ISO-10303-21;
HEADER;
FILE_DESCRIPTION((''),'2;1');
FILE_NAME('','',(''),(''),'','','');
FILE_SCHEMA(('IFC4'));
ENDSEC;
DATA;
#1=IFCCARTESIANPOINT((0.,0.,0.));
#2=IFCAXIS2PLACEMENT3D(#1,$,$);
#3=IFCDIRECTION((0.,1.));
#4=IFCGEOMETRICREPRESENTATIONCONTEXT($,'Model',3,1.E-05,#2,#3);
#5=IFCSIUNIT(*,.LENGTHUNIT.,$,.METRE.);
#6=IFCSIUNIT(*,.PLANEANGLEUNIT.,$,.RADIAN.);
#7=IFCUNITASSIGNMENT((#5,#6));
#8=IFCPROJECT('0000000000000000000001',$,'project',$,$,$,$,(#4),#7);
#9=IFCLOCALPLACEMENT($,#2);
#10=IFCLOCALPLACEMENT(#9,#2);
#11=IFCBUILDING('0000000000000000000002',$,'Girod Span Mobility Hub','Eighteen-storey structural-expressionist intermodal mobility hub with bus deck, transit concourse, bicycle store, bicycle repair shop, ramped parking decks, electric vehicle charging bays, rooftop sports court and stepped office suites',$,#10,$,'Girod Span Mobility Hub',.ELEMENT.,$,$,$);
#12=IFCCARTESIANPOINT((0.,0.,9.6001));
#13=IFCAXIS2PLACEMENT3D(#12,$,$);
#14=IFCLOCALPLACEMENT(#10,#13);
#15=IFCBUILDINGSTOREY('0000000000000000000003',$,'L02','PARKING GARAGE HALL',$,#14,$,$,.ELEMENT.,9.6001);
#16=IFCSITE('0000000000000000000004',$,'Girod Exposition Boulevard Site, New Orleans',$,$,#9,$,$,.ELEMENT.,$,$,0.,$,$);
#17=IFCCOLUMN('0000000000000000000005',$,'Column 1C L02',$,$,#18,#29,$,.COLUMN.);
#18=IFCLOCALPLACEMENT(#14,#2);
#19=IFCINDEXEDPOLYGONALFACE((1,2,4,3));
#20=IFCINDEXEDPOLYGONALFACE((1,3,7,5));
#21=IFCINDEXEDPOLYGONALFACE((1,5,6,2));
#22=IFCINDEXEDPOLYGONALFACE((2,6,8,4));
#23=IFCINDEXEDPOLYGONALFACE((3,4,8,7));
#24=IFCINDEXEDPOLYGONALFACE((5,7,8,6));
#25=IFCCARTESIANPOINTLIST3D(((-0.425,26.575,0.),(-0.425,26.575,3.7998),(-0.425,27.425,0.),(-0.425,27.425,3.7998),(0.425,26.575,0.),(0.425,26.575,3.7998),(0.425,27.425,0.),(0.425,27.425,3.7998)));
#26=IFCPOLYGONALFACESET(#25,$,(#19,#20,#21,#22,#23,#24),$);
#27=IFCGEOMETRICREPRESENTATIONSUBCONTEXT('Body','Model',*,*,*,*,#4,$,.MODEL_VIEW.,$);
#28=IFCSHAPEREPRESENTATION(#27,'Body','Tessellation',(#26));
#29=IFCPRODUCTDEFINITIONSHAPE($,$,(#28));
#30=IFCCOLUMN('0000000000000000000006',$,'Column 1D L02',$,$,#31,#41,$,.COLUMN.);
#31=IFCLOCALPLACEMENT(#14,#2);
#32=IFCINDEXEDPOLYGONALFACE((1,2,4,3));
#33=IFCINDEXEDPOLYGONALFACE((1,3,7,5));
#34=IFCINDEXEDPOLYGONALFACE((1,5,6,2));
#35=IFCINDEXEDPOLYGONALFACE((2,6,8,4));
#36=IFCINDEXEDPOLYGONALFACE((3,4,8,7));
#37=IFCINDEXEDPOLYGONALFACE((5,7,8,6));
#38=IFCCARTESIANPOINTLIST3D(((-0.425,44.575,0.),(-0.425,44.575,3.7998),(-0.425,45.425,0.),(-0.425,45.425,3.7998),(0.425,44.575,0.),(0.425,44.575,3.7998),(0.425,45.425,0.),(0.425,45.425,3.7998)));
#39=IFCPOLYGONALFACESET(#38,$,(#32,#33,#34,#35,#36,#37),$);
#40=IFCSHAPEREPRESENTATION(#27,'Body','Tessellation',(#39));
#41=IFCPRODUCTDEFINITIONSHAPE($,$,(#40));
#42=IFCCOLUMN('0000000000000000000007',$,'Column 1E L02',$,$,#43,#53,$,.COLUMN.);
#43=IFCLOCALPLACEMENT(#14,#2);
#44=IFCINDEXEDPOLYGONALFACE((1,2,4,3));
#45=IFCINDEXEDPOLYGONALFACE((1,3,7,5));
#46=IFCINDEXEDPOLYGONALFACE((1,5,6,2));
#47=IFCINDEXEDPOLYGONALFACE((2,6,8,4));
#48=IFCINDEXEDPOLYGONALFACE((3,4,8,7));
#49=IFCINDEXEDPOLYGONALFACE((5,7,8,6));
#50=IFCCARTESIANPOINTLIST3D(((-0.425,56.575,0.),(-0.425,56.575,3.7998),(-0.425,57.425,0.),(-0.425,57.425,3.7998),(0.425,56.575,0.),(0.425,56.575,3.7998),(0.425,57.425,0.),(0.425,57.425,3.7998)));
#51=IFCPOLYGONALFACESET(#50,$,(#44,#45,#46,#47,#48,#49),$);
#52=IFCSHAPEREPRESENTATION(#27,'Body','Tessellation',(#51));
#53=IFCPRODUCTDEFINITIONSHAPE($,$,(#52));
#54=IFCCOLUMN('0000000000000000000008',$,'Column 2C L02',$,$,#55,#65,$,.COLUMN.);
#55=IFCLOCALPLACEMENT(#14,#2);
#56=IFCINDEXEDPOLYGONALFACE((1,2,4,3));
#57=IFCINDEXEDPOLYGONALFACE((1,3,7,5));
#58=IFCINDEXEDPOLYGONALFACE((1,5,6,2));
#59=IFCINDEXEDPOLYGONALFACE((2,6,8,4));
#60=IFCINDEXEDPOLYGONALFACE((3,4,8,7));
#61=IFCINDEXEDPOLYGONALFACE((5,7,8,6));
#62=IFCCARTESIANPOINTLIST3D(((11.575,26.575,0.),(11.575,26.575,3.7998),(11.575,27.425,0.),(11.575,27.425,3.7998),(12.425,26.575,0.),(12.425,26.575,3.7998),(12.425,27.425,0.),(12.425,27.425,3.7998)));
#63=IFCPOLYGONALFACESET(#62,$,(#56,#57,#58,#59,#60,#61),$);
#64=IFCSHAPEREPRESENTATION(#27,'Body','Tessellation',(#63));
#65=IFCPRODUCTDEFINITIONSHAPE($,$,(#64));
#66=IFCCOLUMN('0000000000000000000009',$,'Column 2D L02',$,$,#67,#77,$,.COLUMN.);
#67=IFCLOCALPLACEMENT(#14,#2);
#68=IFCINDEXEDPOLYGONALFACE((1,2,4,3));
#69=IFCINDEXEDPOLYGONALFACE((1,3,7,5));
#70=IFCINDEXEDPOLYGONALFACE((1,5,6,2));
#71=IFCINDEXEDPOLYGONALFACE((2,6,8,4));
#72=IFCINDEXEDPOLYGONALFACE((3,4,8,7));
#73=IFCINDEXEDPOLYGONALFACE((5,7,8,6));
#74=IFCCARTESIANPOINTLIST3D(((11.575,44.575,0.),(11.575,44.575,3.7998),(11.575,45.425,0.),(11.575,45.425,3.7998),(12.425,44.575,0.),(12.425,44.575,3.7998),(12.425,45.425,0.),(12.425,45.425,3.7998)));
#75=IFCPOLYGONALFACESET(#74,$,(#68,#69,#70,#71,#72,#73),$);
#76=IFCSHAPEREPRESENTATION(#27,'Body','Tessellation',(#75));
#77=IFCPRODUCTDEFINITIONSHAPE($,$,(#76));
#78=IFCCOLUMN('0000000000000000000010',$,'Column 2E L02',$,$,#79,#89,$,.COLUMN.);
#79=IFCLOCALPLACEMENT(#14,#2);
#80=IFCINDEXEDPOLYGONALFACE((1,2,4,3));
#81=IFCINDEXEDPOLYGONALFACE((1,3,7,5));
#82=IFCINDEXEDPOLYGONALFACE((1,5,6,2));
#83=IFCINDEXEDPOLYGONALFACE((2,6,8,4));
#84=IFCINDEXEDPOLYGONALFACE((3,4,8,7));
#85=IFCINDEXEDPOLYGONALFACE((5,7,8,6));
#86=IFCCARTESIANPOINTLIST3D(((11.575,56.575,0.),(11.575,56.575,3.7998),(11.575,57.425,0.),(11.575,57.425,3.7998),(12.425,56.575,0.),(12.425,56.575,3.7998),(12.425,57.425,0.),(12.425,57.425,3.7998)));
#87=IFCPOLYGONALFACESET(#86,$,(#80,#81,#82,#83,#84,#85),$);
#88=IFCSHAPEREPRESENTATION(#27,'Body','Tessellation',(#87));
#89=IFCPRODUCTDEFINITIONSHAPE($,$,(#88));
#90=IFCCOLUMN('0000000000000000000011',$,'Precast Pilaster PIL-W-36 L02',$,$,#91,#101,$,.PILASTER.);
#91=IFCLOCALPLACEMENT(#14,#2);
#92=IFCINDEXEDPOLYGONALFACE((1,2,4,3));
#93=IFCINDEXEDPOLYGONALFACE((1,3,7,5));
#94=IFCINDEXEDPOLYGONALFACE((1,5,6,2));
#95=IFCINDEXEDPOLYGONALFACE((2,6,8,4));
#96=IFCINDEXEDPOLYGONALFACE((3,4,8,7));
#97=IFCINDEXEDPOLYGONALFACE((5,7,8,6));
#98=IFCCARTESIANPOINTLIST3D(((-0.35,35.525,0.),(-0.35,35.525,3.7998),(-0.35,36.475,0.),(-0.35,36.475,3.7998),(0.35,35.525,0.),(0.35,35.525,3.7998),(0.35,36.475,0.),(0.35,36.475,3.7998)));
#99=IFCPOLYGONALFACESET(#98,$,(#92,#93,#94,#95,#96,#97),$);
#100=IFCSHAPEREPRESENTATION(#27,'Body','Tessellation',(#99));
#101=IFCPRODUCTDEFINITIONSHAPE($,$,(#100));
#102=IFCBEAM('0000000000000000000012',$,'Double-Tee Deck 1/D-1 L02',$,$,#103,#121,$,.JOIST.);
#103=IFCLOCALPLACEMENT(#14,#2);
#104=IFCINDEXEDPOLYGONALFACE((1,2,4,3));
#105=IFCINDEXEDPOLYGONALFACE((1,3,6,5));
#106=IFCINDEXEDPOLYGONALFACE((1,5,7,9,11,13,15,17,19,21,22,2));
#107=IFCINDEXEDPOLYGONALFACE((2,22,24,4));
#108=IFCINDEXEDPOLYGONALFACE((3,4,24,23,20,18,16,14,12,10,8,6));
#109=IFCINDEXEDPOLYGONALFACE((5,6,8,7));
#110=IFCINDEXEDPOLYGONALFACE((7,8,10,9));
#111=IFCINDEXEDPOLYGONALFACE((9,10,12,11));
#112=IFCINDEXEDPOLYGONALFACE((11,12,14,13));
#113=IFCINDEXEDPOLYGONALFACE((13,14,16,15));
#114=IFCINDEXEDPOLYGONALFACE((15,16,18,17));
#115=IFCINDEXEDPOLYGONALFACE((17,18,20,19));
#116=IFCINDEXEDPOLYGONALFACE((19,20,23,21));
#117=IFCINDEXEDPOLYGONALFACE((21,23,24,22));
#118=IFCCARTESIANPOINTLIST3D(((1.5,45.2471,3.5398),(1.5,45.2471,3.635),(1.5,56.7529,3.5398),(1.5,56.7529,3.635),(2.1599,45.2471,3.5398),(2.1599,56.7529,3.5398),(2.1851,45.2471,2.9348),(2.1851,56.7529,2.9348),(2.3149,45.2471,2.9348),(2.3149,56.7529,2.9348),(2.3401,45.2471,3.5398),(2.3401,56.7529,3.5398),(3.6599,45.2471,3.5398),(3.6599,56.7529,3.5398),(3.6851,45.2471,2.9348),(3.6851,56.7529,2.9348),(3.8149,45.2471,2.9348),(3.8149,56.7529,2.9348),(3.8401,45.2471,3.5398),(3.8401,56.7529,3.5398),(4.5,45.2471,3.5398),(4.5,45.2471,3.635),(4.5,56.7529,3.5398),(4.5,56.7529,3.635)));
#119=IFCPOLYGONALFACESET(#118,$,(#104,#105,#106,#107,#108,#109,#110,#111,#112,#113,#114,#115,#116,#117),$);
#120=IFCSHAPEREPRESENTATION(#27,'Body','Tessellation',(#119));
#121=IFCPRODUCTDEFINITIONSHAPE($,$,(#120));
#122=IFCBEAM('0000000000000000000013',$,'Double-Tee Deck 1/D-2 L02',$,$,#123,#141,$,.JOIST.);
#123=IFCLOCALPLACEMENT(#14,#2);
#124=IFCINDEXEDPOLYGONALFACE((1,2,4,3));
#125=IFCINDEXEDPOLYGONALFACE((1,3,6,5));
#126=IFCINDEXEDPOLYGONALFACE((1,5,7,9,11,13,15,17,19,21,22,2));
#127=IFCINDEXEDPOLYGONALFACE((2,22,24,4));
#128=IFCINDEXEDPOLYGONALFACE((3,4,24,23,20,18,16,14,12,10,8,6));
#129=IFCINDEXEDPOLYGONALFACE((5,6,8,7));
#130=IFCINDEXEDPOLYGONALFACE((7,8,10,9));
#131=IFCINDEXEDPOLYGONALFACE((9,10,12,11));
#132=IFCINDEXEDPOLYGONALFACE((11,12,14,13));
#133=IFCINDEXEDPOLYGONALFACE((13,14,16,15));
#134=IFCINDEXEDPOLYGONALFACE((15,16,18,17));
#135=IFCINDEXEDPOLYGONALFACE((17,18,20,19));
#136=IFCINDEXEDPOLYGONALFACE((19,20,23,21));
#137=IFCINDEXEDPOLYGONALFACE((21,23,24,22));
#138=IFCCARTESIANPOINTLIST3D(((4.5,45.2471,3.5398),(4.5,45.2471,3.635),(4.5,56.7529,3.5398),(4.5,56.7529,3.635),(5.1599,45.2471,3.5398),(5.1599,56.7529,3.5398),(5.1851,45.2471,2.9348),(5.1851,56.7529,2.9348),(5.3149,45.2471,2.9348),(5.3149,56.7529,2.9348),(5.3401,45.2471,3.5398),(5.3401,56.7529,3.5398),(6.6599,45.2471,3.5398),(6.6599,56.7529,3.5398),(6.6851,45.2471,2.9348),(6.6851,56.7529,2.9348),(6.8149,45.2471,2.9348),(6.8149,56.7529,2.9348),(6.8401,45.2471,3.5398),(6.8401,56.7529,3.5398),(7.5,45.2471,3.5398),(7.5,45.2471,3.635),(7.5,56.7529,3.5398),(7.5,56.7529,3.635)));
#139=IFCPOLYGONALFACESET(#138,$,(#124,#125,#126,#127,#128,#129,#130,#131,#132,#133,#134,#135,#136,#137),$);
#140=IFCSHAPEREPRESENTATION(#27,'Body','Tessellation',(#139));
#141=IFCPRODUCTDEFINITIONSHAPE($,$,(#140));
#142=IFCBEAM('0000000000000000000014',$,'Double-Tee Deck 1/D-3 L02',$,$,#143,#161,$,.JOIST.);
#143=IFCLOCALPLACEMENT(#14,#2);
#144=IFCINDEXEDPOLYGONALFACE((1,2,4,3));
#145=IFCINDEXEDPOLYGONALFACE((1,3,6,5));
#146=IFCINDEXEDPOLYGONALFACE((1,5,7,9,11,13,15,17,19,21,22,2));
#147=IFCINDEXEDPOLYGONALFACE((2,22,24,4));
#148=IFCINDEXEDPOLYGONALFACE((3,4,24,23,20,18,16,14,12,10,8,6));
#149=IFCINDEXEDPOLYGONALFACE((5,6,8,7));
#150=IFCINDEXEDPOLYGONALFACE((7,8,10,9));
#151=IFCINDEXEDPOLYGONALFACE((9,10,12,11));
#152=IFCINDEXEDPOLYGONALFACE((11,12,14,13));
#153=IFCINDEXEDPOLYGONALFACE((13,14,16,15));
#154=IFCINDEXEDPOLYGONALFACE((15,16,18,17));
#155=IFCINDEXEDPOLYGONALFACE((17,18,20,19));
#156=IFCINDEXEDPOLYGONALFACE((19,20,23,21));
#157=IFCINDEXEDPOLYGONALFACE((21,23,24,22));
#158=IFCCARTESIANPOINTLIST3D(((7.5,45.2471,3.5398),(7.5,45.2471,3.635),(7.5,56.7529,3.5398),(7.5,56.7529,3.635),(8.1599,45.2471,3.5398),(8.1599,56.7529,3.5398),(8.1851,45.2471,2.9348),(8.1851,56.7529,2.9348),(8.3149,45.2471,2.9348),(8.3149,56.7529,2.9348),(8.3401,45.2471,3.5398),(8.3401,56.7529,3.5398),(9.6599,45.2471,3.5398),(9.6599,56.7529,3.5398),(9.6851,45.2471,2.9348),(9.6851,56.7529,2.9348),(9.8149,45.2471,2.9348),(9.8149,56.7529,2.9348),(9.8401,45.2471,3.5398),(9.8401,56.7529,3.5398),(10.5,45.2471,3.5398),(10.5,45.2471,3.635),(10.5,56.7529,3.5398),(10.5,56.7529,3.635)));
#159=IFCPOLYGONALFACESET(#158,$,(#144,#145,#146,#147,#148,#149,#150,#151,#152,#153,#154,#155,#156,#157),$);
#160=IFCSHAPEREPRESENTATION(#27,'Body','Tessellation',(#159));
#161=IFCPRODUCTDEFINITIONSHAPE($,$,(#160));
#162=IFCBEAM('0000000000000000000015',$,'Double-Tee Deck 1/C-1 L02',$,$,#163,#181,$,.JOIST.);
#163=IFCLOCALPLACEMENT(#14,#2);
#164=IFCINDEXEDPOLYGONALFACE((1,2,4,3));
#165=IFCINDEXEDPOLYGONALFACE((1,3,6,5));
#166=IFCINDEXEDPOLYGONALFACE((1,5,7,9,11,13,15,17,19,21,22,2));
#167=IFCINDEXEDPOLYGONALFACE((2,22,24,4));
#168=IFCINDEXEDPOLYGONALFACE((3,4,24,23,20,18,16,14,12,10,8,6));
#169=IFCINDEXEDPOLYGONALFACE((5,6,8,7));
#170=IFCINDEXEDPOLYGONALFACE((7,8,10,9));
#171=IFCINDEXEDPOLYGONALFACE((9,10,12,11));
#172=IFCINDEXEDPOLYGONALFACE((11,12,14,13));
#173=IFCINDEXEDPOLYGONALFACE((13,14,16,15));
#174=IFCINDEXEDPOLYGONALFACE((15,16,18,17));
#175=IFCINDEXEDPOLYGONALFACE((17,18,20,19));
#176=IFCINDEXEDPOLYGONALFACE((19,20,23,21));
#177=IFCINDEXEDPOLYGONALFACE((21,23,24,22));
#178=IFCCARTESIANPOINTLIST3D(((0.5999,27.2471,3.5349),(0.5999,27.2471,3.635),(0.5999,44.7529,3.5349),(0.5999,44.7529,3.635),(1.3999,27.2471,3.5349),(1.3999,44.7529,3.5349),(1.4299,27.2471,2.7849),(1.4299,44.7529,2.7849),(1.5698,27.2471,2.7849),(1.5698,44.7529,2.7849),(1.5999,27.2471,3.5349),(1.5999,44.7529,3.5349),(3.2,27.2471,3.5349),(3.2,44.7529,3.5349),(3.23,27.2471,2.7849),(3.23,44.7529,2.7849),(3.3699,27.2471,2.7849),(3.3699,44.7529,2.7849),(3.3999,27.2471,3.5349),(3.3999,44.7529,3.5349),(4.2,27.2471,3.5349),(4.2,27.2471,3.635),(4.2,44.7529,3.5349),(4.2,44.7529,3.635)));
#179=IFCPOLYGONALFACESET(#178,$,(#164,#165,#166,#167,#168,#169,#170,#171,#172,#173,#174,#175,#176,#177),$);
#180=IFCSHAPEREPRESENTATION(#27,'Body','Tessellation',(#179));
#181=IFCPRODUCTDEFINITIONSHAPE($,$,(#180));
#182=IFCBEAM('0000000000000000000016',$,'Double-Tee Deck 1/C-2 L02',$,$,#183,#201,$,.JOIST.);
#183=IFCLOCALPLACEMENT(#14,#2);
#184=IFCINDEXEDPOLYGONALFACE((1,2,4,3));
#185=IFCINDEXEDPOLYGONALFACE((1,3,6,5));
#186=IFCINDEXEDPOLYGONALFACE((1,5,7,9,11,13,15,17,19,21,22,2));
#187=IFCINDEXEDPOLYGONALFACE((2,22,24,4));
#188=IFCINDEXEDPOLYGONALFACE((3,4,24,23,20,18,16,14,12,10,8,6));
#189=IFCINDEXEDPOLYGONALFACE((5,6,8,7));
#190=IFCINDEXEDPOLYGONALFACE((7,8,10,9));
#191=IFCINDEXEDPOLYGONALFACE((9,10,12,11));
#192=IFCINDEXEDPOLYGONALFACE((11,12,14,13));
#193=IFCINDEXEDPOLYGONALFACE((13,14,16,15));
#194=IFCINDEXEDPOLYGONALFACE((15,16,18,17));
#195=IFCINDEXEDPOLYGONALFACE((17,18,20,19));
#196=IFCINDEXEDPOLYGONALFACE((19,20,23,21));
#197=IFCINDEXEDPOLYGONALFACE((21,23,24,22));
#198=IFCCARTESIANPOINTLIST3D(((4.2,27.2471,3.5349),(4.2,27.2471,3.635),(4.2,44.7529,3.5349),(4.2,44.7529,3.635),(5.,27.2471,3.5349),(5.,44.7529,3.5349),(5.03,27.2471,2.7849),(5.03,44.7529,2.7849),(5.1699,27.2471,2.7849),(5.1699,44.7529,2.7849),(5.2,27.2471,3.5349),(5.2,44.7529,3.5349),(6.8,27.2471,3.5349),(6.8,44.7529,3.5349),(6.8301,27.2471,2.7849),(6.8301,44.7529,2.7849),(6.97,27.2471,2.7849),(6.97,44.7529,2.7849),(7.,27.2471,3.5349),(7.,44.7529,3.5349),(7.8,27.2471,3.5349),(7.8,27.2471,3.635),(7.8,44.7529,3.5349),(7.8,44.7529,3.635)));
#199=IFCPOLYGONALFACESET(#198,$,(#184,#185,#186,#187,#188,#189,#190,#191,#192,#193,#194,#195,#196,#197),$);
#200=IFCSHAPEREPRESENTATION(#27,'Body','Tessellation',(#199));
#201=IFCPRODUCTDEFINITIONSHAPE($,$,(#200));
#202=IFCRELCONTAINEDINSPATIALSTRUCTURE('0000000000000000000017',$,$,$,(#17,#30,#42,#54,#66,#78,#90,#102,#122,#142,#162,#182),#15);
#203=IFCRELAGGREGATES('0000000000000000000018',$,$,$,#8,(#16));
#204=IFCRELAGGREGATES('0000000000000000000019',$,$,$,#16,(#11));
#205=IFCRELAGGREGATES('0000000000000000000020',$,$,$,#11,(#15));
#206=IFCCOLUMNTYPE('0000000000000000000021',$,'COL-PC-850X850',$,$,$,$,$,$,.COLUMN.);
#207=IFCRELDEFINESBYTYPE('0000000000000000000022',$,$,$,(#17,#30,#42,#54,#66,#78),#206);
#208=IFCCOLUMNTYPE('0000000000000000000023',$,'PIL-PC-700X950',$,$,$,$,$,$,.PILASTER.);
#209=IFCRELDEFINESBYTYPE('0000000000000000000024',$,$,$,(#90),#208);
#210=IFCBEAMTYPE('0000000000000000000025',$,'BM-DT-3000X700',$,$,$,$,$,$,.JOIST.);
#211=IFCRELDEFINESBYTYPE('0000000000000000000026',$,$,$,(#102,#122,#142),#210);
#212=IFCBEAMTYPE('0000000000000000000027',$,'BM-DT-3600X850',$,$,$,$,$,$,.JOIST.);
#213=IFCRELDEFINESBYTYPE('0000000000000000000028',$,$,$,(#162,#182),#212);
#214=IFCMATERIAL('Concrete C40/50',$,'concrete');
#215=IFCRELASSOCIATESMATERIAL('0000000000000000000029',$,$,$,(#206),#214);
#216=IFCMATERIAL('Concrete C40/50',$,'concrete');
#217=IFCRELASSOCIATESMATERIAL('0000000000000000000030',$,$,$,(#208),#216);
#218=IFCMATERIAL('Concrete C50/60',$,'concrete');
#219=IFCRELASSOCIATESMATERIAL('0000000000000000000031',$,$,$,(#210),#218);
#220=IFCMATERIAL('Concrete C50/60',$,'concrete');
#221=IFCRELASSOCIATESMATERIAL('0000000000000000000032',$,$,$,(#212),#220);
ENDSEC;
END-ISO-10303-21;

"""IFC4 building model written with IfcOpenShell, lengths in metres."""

from ifc_helpers import new_model, si_unit, direction, frame, origin, origin_2d, place, context, subcontext, project, spatial, polyline, rectangle, outline, extrude, material, material_profile, profile_set, type_object, element, save


model = new_model("IFC4")

# Units and contexts
model_context = context("Model", 3, precision=1e-05, world=origin(), true_north=direction((0.0, 1.0)))
body_context = subcontext(model_context, "Body", "Model", "MODEL_VIEW")
ifc_project = project(units=[si_unit("LENGTHUNIT", "METRE"), si_unit("PLANEANGLEUNIT", "RADIAN")], contexts=[model_context])

# Site, building, storey
site_placement = place(None, origin())
site = spatial("IfcSite", under=ifc_project, at=site_placement, Name="Girod Exposition Boulevard Site, New Orleans", CompositionType="ELEMENT", RefElevation=0.0)
building_placement = place(site_placement, origin())
building = spatial("IfcBuilding", under=site, at=building_placement, Name="Girod Span Mobility Hub", Description="Eighteen-storey structural-expressionist intermodal mobility hub with bus deck, transit concourse, bicycle store, bicycle repair shop, ramped parking decks, electric vehicle charging bays, rooftop sports court and stepped office suites", LongName="Girod Span Mobility Hub", CompositionType="ELEMENT")
storey_placement = place(building_placement, frame((0.0, 0.0, 9.6001)))
storey = spatial("IfcBuildingStorey", under=building, at=storey_placement, Name="L02", Description="PARKING GARAGE HALL", CompositionType="ELEMENT", Elevation=9.6001)

# Columns
ifc_material_1 = material(Name="Concrete C40/50", Category="concrete")
ifc_material_profile_1 = material_profile(ifc_material_1, rectangle(XDim=0.8501, YDim=0.8501, at=origin_2d()), Name="PC-COL-850X850")
ifc_profile_set_1 = profile_set([ifc_material_profile_1], Name="Concrete C40/50")
column_type_1 = type_object("IfcColumnType", Name="COL-PC-850X850", PredefinedType="COLUMN", material=ifc_profile_set_1)
for number, where, z_axis, x_axis, name in (
    (1, (0.0, 27.0, 0.0), (0.0, 0.0, 1.0), (1.0, 0.0, 0.0), "Column 1C L02"),
    (2, (0.0, 45.0, 0.0), (0.0, 0.0, 1.0), (1.0, 0.0, 0.0), "Column 1D L02"),
    (3, (0.0, 57.0, 0.0), (0.0, 0.0, 1.0), (1.0, 0.0, 0.0), "Column 1E L02"),
    (4, (12.0, 27.0, 0.0), (0.0, 0.0, 1.0), (1.0, 0.0, 0.0), "Column 2C L02"),
    (5, (12.0, 45.0, 0.0), (0.0, 0.0, 1.0), (1.0, 0.0, 0.0), "Column 2D L02"),
    (6, (12.0, 57.0, 0.0), (0.0, 0.0, 1.0), (1.0, 0.0, 0.0), "Column 2E L02"),
):
    element("IfcColumn", number, at=place(storey_placement, frame(where, z_axis=z_axis, x_axis=x_axis)), inside=storey, type_object=column_type_1, Name=name, PredefinedType="COLUMN", context=body_context, shape_type="SweptSolid", body=[
        extrude(rectangle(XDim=0.8501, YDim=0.8501, at=origin_2d()), origin(), (0.0, 0.0, 1.0), 3.7998),
    ])
ifc_material_2 = material(Name="Concrete C40/50", Category="concrete")
ifc_material_profile_2 = material_profile(ifc_material_2, rectangle(XDim=0.7, YDim=0.95, at=origin_2d()), Name="PC-PIL-700X950")
ifc_profile_set_2 = profile_set([ifc_material_profile_2], Name="Concrete C40/50")
column_type_2 = type_object("IfcColumnType", Name="PIL-PC-700X950", PredefinedType="PILASTER", material=ifc_profile_set_2)
column_placement = place(storey_placement, frame((0.0, 36.0, 0.0), z_axis=(0.0, 0.0, 1.0), x_axis=(1.0, 0.0, 0.0)))
element("IfcColumn", 7, at=column_placement, inside=storey, type_object=column_type_2, Name="Precast Pilaster PIL-W-36 L02", PredefinedType="PILASTER", context=body_context, shape_type="SweptSolid", body=[
    extrude(rectangle(XDim=0.7, YDim=0.95, at=origin_2d()), origin(), (0.0, 0.0, 1.0), 3.7998),
])

# Beams
ifc_material_3 = material(Name="Concrete C50/60", Category="concrete")
ifc_material_profile_3 = material_profile(ifc_material_3, outline(polyline([(-1.5, 0.3501), (-1.5, 0.2549), (-0.8401, 0.2549), (-0.8149, -0.3501), (-0.6851, -0.3501), (-0.6599, 0.2549), (0.6599, 0.2549), (0.6851, -0.3501), (0.8149, -0.3501), (0.8401, 0.2549), (1.5, 0.2549), (1.5, 0.3501), (-1.5, 0.3501)])), Name="DT-3000X700")
ifc_profile_set_3 = profile_set([ifc_material_profile_3], Name="Concrete C50/60")
beam_type_1 = type_object("IfcBeamType", Name="BM-DT-3000X700", PredefinedType="JOIST", material=ifc_profile_set_3)
for number, where, z_axis, x_axis, name in (
    (8, (3.0, 45.2471, 3.2849), (0.0, 1.0, 0.0), (-1.0, 0.0, 0.0), "Double-Tee Deck 1/D-1 L02"),
    (9, (6.0, 45.2471, 3.2849), (0.0, 1.0, 0.0), (-1.0, 0.0, 0.0), "Double-Tee Deck 1/D-2 L02"),
    (10, (9.0, 45.2471, 3.2849), (0.0, 1.0, 0.0), (-1.0, 0.0, 0.0), "Double-Tee Deck 1/D-3 L02"),
):
    element("IfcBeam", number, at=place(storey_placement, frame(where, z_axis=z_axis, x_axis=x_axis)), inside=storey, type_object=beam_type_1, Name=name, PredefinedType="JOIST", context=body_context, shape_type="SweptSolid", body=[
        extrude(outline(polyline([(-1.5, 0.3501), (-1.5, 0.2549), (-0.8401, 0.2549), (-0.8149, -0.3501), (-0.6851, -0.3501), (-0.6599, 0.2549), (0.6599, 0.2549), (0.6851, -0.3501), (0.8149, -0.3501), (0.8401, 0.2549), (1.5, 0.2549), (1.5, 0.3501), (-1.5, 0.3501)])), origin(), (0.0, 0.0, 1.0), 11.5059),
    ])
ifc_material_4 = material(Name="Concrete C50/60", Category="concrete")
ifc_material_profile_4 = material_profile(ifc_material_4, outline(polyline([(-1.8, 0.425), (-1.8, 0.325), (-1.0, 0.325), (-0.97, -0.425), (-0.8301, -0.425), (-0.8, 0.325), (0.8, 0.325), (0.8301, -0.425), (0.97, -0.425), (1.0, 0.325), (1.8, 0.325), (1.8, 0.425), (-1.8, 0.425)])), Name="DT-3600X850")
ifc_profile_set_4 = profile_set([ifc_material_profile_4], Name="Concrete C50/60")
beam_type_2 = type_object("IfcBeamType", Name="BM-DT-3600X850", PredefinedType="JOIST", material=ifc_profile_set_4)
for number, where, z_axis, x_axis, name in (
    (11, (2.3999, 27.2471, 3.21), (0.0, 1.0, 0.0), (-1.0, 0.0, 0.0), "Double-Tee Deck 1/C-1 L02"),
    (12, (6.0, 27.2471, 3.21), (0.0, 1.0, 0.0), (-1.0, 0.0, 0.0), "Double-Tee Deck 1/C-2 L02"),
):
    element("IfcBeam", number, at=place(storey_placement, frame(where, z_axis=z_axis, x_axis=x_axis)), inside=storey, type_object=beam_type_2, Name=name, PredefinedType="JOIST", context=body_context, shape_type="SweptSolid", body=[
        extrude(outline(polyline([(-1.8, 0.425), (-1.8, 0.325), (-1.0, 0.325), (-0.97, -0.425), (-0.8301, -0.425), (-0.8, 0.325), (0.8, 0.325), (0.8301, -0.425), (0.97, -0.425), (1.0, 0.325), (1.8, 0.325), (1.8, 0.425), (-1.8, 0.425)])), origin(), (0.0, 0.0, 1.0), 17.5059),
    ])

save(model, "model.ifc")
